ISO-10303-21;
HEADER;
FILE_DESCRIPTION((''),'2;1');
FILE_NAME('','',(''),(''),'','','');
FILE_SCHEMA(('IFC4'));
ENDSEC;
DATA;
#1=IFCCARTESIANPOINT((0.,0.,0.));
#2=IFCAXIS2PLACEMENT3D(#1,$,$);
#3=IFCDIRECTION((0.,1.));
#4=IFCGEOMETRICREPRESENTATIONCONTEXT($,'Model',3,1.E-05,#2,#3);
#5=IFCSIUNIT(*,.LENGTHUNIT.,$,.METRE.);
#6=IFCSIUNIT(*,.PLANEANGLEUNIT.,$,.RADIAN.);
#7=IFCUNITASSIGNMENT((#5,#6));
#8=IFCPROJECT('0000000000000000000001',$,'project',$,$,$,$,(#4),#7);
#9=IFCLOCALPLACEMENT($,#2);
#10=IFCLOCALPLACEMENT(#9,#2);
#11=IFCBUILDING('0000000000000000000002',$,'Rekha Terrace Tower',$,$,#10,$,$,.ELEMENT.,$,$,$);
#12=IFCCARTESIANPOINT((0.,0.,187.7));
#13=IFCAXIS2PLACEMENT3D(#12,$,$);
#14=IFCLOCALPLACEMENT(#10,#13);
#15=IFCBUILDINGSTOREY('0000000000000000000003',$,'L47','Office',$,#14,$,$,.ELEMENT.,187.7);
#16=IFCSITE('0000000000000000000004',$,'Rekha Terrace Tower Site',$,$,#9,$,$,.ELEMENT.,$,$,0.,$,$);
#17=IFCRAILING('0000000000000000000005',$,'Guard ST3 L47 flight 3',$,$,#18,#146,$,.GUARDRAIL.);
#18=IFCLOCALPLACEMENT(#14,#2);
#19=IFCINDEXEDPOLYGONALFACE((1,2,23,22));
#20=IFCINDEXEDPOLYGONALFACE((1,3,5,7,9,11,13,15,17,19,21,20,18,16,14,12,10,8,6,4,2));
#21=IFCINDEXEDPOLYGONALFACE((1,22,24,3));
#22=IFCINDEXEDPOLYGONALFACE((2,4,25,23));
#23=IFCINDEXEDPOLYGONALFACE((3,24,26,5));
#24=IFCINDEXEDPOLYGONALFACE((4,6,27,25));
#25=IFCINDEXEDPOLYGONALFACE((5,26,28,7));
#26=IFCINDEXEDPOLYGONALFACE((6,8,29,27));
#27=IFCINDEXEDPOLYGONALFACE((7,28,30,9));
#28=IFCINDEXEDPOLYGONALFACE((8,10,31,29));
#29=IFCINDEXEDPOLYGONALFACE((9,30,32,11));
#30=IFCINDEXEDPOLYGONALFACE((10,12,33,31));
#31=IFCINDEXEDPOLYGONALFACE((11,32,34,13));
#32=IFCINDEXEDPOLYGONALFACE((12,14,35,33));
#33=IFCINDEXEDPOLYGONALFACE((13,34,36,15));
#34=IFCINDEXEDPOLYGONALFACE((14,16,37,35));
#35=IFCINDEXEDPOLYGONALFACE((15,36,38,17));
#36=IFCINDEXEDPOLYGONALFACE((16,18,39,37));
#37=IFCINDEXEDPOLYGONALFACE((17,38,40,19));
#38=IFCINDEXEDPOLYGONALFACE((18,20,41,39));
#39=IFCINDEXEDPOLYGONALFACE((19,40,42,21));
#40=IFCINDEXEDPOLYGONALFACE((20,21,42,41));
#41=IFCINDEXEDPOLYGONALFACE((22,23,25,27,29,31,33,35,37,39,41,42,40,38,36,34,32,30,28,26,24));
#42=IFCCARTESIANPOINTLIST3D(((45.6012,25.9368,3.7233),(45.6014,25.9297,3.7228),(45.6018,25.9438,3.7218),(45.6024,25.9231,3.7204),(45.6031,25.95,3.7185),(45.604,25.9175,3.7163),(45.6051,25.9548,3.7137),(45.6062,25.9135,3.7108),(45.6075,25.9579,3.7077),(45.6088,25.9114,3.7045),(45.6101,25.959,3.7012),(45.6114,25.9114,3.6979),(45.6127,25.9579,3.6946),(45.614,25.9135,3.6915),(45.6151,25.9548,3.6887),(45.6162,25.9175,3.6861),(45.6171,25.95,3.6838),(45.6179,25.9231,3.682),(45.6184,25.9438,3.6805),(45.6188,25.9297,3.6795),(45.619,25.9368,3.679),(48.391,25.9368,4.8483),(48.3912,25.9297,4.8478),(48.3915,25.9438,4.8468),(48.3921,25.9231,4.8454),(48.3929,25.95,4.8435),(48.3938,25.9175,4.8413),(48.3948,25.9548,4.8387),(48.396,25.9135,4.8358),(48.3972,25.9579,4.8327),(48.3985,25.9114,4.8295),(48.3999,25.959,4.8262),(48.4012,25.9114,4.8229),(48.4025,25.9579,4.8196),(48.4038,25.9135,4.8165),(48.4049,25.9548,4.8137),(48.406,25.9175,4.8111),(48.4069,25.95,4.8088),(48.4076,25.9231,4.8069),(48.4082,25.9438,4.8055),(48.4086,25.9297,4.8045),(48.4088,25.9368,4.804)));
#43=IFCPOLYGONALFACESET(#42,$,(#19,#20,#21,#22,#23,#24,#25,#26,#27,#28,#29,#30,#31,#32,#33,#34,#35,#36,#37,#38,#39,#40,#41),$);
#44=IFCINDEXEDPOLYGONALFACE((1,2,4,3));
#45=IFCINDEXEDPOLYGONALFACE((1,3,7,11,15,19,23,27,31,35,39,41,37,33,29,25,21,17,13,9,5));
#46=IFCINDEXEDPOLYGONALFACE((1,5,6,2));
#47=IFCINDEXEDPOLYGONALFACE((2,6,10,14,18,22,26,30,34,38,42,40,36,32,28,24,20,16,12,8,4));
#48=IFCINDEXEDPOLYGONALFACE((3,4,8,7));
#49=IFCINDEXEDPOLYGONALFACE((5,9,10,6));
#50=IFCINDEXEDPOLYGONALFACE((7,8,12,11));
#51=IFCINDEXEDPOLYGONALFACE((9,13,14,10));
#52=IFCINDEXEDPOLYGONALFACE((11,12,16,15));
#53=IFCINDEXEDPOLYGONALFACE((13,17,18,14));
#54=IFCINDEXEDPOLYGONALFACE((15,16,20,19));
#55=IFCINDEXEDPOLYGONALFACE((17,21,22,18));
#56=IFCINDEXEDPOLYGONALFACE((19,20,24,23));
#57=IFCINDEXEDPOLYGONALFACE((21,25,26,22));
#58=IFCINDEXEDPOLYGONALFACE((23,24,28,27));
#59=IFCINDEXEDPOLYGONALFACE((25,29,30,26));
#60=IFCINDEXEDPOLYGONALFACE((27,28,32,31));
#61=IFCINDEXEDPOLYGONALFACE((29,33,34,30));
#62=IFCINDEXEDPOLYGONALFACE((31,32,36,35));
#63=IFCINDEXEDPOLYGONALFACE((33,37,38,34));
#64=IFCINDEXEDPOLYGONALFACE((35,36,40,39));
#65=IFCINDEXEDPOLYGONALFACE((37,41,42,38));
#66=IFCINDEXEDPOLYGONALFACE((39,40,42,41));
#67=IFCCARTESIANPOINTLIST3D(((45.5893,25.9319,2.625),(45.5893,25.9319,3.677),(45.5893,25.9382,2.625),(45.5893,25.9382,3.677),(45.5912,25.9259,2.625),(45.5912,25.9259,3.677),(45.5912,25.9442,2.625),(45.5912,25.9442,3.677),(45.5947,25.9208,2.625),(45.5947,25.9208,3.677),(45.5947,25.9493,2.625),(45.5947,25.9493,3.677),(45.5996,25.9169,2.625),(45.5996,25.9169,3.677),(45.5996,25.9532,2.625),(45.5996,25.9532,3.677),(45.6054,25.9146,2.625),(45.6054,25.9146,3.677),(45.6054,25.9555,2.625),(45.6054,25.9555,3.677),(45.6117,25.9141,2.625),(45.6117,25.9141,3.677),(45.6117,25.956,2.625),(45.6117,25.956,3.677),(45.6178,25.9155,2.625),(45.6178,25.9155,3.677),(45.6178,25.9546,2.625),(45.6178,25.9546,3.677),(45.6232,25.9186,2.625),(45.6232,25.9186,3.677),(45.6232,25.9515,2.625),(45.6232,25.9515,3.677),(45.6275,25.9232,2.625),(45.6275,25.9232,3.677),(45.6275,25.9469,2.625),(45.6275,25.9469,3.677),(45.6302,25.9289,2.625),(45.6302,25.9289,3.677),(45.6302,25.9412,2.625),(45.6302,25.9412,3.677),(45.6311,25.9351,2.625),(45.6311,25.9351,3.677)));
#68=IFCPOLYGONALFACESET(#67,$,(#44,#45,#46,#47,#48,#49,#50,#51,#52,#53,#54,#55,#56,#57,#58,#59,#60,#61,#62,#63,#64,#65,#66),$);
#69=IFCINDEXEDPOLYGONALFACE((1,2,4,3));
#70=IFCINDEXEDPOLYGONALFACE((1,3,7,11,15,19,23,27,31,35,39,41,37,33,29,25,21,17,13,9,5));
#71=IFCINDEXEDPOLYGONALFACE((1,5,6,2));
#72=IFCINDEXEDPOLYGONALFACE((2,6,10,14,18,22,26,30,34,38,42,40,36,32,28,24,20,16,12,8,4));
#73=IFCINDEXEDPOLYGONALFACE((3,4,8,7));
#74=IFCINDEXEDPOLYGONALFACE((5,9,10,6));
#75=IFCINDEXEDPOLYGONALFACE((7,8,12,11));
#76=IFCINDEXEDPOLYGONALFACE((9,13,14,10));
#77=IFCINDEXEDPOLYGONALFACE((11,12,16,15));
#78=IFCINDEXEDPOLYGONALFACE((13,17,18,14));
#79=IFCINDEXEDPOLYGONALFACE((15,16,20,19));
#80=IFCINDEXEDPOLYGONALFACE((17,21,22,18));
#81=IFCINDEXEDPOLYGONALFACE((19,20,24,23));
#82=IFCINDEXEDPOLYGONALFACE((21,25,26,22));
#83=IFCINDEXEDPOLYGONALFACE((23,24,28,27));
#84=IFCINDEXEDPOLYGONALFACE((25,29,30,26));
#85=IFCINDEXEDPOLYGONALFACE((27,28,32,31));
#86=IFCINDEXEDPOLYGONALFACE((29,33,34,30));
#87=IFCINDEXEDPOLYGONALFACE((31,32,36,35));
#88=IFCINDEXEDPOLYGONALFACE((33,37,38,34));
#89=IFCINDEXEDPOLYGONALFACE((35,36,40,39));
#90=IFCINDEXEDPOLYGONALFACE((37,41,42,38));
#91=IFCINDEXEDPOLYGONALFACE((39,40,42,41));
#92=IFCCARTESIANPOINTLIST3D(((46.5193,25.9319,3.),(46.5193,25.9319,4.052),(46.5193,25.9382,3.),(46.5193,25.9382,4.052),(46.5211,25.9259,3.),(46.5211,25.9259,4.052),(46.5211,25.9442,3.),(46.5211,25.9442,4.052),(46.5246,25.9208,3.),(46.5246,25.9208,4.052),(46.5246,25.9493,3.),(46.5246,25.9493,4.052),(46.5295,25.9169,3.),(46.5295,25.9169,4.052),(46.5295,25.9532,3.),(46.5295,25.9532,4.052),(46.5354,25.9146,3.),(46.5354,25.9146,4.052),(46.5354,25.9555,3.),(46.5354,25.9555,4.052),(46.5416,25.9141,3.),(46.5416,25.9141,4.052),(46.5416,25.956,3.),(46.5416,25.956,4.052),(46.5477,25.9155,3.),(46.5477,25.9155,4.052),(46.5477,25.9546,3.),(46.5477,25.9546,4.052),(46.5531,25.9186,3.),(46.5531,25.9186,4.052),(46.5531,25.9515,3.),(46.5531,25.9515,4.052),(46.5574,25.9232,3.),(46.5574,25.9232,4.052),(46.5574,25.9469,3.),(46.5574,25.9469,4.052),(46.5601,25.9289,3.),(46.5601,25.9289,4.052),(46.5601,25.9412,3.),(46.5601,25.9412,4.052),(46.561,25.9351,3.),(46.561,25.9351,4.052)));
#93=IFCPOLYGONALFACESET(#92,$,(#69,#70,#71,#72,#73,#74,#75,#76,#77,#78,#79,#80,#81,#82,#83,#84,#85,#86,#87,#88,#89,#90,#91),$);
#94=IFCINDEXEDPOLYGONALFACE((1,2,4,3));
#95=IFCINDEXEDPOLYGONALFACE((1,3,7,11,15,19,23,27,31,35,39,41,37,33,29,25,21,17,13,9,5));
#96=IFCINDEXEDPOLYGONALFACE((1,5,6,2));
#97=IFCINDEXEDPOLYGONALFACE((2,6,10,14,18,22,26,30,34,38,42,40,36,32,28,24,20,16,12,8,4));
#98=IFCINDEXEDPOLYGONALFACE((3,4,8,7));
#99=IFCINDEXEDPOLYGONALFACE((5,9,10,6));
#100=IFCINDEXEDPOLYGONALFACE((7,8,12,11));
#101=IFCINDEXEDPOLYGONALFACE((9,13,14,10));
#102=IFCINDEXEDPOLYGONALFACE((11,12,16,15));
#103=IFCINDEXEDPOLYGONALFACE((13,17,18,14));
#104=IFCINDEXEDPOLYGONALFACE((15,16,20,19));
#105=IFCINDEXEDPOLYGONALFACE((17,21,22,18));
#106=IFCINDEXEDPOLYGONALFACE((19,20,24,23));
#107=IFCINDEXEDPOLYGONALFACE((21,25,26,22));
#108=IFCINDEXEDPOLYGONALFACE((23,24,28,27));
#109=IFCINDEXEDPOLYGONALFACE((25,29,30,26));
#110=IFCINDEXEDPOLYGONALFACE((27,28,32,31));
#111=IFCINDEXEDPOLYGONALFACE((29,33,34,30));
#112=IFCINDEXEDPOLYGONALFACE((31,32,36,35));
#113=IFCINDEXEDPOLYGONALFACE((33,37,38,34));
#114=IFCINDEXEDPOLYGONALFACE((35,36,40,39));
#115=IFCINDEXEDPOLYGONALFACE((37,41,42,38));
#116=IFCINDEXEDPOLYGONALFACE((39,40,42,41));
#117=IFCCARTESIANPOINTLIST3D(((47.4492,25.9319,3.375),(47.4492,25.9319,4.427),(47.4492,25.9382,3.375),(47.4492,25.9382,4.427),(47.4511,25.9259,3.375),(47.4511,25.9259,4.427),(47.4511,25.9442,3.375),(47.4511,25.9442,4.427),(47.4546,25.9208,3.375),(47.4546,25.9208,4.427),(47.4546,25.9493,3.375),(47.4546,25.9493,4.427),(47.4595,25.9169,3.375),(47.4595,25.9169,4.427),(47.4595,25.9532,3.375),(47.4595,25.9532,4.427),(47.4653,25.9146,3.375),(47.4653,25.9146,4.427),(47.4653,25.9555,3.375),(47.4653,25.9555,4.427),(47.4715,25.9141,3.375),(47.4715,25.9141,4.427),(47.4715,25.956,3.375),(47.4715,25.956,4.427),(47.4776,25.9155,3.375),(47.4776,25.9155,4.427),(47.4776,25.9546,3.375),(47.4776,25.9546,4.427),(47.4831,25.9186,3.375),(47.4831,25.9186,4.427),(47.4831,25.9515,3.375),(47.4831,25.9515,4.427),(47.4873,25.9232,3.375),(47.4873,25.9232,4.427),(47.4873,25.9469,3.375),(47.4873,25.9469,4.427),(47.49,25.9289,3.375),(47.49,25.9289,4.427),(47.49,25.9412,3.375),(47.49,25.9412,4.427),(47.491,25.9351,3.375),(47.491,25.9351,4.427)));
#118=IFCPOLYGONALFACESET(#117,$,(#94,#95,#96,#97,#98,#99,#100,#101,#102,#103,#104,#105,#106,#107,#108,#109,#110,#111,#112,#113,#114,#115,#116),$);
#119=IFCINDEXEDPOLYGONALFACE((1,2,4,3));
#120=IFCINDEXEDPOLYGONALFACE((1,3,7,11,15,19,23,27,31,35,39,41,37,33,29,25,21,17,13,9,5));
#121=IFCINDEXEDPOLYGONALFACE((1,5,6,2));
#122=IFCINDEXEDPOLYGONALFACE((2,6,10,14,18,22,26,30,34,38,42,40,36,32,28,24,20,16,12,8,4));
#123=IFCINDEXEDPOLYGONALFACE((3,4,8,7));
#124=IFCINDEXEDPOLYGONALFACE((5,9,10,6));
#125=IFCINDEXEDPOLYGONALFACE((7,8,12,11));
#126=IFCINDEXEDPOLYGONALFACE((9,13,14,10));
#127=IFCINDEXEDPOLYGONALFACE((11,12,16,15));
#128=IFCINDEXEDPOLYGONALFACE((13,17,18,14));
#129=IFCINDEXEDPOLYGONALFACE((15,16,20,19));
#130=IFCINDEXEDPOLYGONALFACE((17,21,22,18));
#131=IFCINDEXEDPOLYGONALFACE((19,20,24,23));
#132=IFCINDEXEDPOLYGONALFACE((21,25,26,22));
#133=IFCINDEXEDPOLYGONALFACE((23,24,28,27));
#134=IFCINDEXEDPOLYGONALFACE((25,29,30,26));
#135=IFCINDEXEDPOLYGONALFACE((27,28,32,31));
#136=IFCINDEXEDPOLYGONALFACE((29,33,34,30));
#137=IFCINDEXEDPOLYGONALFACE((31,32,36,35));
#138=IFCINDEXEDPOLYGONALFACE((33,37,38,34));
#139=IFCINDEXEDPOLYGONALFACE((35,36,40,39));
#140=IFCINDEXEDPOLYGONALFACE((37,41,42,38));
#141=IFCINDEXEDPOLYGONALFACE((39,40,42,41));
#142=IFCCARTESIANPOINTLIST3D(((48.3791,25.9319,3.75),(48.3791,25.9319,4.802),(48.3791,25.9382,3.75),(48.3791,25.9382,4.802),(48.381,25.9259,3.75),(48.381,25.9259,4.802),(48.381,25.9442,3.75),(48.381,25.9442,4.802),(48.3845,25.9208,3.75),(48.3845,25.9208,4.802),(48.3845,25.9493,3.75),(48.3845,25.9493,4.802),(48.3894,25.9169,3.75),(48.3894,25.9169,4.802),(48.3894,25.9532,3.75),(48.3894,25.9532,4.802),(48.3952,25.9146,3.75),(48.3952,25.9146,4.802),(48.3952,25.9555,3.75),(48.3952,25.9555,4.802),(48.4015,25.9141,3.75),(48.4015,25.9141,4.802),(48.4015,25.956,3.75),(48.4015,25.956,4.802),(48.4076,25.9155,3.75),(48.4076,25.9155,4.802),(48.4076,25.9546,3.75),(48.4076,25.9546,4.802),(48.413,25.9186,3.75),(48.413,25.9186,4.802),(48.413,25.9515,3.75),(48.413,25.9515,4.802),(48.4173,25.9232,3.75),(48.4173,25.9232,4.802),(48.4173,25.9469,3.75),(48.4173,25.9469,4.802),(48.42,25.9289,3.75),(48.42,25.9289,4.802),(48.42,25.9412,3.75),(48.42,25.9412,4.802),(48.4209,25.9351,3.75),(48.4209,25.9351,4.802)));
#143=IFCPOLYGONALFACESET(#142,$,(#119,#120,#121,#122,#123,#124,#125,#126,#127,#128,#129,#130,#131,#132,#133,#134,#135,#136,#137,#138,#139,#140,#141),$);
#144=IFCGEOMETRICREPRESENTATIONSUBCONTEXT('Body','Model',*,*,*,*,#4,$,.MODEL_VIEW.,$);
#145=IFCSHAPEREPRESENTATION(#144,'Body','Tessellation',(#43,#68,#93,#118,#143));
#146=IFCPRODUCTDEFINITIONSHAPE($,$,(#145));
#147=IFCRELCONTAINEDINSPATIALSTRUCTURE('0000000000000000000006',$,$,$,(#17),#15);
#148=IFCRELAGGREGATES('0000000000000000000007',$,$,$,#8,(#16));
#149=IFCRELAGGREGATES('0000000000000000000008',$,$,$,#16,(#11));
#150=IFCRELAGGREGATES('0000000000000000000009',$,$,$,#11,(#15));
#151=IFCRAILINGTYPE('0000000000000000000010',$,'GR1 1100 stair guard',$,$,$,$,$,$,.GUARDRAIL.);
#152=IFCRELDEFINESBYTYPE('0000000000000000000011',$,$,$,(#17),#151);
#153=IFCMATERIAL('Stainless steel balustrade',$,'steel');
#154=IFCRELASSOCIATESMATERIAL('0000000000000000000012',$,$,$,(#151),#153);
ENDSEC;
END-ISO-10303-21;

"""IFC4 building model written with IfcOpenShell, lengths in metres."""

from ifc_helpers import new_model, si_unit, direction, frame, origin, origin_2d, place, context, subcontext, project, spatial, circle, extrude, material, type_object, element, save


model = new_model("IFC4")

# Units and contexts
model_context = context("Model", 3, precision=1e-05, world=origin(), true_north=direction((0.0, 1.0)))
body_context = subcontext(model_context, "Body", "Model", "MODEL_VIEW")
ifc_project = project(units=[si_unit("LENGTHUNIT", "METRE"), si_unit("PLANEANGLEUNIT", "RADIAN")], contexts=[model_context])

# Site, building, storey
site_placement = place(None, origin())
site = spatial("IfcSite", under=ifc_project, at=site_placement, Name="Rekha Terrace Tower Site", CompositionType="ELEMENT", RefElevation=0.0)
building_placement = place(site_placement, origin())
building = spatial("IfcBuilding", under=site, at=building_placement, Name="Rekha Terrace Tower", CompositionType="ELEMENT")
storey_placement = place(building_placement, frame((0.0, 0.0, 187.7)))
storey = spatial("IfcBuildingStorey", under=building, at=storey_placement, Name="L47", Description="Office", CompositionType="ELEMENT", Elevation=187.7)

# Railing
ifc_material_1 = material(Name="Stainless steel balustrade", Category="steel")
railing_type_1 = type_object("IfcRailingType", Name="GR1 1100 stair guard", PredefinedType="GUARDRAIL", material=ifc_material_1)
railing_1_placement = place(storey_placement, frame((45.6101, 25.9351, 2.625)))
element("IfcRailing", 1, at=railing_1_placement, inside=storey, type_object=railing_type_1, Name="Guard ST3 L47 flight 3", PredefinedType="GUARDRAIL", context=body_context, shape_type="SweptSolid", body=[
    extrude(circle(Radius=0.0239, at=origin_2d()), frame((0.0, 0.0, 1.0762), z_axis=(0.927432, 0.0, 0.373992), x_axis=(0.0, 1.0, 0.0)), (0.0, 0.0, 1.0), 3.0081),
    extrude(circle(Radius=0.021, at=origin_2d()), origin(), (0.0, 0.0, 1.0), 1.052),
    extrude(circle(Radius=0.021, at=origin_2d()), frame((0.9299, 0.0, 0.375)), (0.0, 0.0, 1.0), 1.052),
    extrude(circle(Radius=0.021, at=origin_2d()), frame((1.8599, 0.0, 0.75)), (0.0, 0.0, 1.0), 1.052),
    extrude(circle(Radius=0.021, at=origin_2d()), frame((2.7898, 0.0, 1.125)), (0.0, 0.0, 1.0), 1.052),
])

save(model, "model.ifc")
